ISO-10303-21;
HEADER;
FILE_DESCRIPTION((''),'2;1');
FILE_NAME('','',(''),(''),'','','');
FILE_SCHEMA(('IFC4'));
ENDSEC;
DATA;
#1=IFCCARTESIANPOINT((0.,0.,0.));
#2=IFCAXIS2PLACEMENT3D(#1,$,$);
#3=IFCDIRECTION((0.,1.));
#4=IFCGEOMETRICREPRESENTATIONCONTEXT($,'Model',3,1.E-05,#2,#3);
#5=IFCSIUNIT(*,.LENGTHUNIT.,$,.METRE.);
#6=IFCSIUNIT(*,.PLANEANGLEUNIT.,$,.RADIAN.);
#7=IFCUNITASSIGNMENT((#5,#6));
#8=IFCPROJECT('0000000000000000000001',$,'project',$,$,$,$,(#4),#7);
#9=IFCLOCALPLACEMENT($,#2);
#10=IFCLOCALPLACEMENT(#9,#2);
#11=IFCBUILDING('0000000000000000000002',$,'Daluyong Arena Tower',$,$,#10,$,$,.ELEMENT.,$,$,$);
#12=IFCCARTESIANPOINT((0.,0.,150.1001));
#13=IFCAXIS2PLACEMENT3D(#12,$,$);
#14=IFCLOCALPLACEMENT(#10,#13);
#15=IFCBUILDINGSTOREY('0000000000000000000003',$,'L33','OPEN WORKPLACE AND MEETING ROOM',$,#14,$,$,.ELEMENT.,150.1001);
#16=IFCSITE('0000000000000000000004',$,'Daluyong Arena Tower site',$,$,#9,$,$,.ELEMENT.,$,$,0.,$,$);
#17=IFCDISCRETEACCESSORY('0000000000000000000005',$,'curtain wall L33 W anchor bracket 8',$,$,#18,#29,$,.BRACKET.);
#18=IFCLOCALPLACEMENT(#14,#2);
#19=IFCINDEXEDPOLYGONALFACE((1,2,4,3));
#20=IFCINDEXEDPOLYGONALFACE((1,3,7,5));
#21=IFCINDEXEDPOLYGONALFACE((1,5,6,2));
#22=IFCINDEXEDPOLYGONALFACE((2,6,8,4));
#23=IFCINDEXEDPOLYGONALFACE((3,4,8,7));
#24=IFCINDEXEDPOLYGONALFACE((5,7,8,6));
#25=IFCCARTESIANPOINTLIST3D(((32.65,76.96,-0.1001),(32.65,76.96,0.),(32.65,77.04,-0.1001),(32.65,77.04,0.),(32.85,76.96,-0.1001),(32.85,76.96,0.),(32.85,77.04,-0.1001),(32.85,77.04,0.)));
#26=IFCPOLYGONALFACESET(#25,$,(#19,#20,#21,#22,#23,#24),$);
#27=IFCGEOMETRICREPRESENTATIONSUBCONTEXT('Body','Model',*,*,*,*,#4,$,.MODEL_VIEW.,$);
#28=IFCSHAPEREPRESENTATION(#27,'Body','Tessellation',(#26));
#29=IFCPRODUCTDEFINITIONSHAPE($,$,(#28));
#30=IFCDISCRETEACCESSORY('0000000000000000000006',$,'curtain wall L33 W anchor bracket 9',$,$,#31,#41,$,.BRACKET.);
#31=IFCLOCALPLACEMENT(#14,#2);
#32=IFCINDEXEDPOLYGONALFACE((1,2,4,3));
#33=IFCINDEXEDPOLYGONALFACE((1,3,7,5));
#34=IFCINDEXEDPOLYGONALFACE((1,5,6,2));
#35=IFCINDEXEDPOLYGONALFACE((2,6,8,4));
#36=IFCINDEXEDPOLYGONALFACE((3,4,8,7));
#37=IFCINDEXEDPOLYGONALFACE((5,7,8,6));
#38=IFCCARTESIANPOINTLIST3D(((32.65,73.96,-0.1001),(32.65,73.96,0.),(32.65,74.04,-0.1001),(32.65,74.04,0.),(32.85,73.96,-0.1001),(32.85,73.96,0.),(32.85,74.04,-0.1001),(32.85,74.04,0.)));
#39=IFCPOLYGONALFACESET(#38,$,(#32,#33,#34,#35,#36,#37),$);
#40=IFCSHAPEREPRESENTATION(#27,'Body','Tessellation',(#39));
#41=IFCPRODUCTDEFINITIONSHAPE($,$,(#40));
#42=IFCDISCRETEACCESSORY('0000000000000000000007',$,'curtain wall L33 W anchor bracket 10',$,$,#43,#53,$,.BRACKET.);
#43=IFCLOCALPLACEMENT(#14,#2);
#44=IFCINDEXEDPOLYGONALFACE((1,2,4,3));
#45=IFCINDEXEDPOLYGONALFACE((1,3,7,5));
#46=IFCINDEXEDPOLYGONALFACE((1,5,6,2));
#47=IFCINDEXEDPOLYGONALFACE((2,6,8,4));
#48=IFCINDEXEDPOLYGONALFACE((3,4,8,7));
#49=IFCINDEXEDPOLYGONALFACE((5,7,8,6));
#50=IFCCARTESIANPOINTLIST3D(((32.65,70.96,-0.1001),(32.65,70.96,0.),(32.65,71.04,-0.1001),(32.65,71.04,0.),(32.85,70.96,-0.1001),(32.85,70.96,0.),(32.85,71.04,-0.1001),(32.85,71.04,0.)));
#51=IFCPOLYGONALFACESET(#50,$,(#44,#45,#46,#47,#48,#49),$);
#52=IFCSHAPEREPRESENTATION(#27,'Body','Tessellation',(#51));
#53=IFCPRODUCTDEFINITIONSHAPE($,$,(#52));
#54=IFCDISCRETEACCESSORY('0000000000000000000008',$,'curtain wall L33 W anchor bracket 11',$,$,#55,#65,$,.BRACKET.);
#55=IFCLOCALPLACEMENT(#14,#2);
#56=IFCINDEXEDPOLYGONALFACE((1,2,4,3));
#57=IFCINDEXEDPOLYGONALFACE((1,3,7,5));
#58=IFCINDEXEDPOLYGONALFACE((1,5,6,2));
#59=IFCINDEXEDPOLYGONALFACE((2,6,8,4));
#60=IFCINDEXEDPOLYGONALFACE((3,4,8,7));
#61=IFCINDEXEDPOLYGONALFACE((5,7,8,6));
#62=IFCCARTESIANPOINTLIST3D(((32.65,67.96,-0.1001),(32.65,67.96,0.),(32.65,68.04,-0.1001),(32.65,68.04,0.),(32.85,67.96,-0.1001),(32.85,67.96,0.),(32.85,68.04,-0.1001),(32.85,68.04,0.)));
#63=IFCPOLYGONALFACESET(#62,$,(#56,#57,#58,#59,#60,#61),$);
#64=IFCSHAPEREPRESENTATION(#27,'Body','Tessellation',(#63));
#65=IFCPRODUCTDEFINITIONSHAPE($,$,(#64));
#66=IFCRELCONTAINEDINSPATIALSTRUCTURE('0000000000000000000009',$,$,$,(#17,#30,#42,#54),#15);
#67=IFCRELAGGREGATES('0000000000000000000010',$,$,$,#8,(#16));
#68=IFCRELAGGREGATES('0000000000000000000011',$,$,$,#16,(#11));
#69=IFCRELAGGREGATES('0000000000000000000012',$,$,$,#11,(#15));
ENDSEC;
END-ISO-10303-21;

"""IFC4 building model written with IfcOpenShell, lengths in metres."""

from ifc_helpers import new_model, si_unit, direction, frame, origin, origin_2d, place, context, subcontext, project, spatial, rectangle, extrude, element, save


model = new_model("IFC4")

# Units and contexts
model_context = context("Model", 3, precision=1e-05, world=origin(), true_north=direction((0.0, 1.0)))
body_context = subcontext(model_context, "Body", "Model", "MODEL_VIEW")
ifc_project = project(units=[si_unit("LENGTHUNIT", "METRE"), si_unit("PLANEANGLEUNIT", "RADIAN")], contexts=[model_context])

# Site, building, storey
site_placement = place(None, origin())
site = spatial("IfcSite", under=ifc_project, at=site_placement, Name="Daluyong Arena Tower site", CompositionType="ELEMENT", RefElevation=0.0)
building_placement = place(site_placement, origin())
building = spatial("IfcBuilding", under=site, at=building_placement, Name="Daluyong Arena Tower", CompositionType="ELEMENT")
storey_placement = place(building_placement, frame((0.0, 0.0, 150.1001)))
storey = spatial("IfcBuildingStorey", under=building, at=storey_placement, Name="L33", Description="OPEN WORKPLACE AND MEETING ROOM", CompositionType="ELEMENT", Elevation=150.1001)

# Discrete accessories
for number, where, z_axis, x_axis, name in (
    (1, (32.75, 77.0, -0.1001), (0.0, 0.0, 1.0), (0.0, -1.0, 0.0), "curtain wall L33 W anchor bracket 8"),
    (2, (32.75, 74.0, -0.1001), (0.0, 0.0, 1.0), (0.0, -1.0, 0.0), "curtain wall L33 W anchor bracket 9"),
    (3, (32.75, 71.0, -0.1001), (0.0, 0.0, 1.0), (0.0, -1.0, 0.0), "curtain wall L33 W anchor bracket 10"),
    (4, (32.75, 68.0, -0.1001), (0.0, 0.0, 1.0), (0.0, -1.0, 0.0), "curtain wall L33 W anchor bracket 11"),
):
    element("IfcDiscreteAccessory", number, at=place(storey_placement, frame(where, z_axis=z_axis, x_axis=x_axis)), inside=storey, Name=name, PredefinedType="BRACKET", context=body_context, shape_type="SweptSolid", body=[
        extrude(rectangle(XDim=0.0801, YDim=0.2, at=origin_2d()), origin(), (0.0, 0.0, 1.0), 0.1001),
    ])

save(model, "model.ifc")
